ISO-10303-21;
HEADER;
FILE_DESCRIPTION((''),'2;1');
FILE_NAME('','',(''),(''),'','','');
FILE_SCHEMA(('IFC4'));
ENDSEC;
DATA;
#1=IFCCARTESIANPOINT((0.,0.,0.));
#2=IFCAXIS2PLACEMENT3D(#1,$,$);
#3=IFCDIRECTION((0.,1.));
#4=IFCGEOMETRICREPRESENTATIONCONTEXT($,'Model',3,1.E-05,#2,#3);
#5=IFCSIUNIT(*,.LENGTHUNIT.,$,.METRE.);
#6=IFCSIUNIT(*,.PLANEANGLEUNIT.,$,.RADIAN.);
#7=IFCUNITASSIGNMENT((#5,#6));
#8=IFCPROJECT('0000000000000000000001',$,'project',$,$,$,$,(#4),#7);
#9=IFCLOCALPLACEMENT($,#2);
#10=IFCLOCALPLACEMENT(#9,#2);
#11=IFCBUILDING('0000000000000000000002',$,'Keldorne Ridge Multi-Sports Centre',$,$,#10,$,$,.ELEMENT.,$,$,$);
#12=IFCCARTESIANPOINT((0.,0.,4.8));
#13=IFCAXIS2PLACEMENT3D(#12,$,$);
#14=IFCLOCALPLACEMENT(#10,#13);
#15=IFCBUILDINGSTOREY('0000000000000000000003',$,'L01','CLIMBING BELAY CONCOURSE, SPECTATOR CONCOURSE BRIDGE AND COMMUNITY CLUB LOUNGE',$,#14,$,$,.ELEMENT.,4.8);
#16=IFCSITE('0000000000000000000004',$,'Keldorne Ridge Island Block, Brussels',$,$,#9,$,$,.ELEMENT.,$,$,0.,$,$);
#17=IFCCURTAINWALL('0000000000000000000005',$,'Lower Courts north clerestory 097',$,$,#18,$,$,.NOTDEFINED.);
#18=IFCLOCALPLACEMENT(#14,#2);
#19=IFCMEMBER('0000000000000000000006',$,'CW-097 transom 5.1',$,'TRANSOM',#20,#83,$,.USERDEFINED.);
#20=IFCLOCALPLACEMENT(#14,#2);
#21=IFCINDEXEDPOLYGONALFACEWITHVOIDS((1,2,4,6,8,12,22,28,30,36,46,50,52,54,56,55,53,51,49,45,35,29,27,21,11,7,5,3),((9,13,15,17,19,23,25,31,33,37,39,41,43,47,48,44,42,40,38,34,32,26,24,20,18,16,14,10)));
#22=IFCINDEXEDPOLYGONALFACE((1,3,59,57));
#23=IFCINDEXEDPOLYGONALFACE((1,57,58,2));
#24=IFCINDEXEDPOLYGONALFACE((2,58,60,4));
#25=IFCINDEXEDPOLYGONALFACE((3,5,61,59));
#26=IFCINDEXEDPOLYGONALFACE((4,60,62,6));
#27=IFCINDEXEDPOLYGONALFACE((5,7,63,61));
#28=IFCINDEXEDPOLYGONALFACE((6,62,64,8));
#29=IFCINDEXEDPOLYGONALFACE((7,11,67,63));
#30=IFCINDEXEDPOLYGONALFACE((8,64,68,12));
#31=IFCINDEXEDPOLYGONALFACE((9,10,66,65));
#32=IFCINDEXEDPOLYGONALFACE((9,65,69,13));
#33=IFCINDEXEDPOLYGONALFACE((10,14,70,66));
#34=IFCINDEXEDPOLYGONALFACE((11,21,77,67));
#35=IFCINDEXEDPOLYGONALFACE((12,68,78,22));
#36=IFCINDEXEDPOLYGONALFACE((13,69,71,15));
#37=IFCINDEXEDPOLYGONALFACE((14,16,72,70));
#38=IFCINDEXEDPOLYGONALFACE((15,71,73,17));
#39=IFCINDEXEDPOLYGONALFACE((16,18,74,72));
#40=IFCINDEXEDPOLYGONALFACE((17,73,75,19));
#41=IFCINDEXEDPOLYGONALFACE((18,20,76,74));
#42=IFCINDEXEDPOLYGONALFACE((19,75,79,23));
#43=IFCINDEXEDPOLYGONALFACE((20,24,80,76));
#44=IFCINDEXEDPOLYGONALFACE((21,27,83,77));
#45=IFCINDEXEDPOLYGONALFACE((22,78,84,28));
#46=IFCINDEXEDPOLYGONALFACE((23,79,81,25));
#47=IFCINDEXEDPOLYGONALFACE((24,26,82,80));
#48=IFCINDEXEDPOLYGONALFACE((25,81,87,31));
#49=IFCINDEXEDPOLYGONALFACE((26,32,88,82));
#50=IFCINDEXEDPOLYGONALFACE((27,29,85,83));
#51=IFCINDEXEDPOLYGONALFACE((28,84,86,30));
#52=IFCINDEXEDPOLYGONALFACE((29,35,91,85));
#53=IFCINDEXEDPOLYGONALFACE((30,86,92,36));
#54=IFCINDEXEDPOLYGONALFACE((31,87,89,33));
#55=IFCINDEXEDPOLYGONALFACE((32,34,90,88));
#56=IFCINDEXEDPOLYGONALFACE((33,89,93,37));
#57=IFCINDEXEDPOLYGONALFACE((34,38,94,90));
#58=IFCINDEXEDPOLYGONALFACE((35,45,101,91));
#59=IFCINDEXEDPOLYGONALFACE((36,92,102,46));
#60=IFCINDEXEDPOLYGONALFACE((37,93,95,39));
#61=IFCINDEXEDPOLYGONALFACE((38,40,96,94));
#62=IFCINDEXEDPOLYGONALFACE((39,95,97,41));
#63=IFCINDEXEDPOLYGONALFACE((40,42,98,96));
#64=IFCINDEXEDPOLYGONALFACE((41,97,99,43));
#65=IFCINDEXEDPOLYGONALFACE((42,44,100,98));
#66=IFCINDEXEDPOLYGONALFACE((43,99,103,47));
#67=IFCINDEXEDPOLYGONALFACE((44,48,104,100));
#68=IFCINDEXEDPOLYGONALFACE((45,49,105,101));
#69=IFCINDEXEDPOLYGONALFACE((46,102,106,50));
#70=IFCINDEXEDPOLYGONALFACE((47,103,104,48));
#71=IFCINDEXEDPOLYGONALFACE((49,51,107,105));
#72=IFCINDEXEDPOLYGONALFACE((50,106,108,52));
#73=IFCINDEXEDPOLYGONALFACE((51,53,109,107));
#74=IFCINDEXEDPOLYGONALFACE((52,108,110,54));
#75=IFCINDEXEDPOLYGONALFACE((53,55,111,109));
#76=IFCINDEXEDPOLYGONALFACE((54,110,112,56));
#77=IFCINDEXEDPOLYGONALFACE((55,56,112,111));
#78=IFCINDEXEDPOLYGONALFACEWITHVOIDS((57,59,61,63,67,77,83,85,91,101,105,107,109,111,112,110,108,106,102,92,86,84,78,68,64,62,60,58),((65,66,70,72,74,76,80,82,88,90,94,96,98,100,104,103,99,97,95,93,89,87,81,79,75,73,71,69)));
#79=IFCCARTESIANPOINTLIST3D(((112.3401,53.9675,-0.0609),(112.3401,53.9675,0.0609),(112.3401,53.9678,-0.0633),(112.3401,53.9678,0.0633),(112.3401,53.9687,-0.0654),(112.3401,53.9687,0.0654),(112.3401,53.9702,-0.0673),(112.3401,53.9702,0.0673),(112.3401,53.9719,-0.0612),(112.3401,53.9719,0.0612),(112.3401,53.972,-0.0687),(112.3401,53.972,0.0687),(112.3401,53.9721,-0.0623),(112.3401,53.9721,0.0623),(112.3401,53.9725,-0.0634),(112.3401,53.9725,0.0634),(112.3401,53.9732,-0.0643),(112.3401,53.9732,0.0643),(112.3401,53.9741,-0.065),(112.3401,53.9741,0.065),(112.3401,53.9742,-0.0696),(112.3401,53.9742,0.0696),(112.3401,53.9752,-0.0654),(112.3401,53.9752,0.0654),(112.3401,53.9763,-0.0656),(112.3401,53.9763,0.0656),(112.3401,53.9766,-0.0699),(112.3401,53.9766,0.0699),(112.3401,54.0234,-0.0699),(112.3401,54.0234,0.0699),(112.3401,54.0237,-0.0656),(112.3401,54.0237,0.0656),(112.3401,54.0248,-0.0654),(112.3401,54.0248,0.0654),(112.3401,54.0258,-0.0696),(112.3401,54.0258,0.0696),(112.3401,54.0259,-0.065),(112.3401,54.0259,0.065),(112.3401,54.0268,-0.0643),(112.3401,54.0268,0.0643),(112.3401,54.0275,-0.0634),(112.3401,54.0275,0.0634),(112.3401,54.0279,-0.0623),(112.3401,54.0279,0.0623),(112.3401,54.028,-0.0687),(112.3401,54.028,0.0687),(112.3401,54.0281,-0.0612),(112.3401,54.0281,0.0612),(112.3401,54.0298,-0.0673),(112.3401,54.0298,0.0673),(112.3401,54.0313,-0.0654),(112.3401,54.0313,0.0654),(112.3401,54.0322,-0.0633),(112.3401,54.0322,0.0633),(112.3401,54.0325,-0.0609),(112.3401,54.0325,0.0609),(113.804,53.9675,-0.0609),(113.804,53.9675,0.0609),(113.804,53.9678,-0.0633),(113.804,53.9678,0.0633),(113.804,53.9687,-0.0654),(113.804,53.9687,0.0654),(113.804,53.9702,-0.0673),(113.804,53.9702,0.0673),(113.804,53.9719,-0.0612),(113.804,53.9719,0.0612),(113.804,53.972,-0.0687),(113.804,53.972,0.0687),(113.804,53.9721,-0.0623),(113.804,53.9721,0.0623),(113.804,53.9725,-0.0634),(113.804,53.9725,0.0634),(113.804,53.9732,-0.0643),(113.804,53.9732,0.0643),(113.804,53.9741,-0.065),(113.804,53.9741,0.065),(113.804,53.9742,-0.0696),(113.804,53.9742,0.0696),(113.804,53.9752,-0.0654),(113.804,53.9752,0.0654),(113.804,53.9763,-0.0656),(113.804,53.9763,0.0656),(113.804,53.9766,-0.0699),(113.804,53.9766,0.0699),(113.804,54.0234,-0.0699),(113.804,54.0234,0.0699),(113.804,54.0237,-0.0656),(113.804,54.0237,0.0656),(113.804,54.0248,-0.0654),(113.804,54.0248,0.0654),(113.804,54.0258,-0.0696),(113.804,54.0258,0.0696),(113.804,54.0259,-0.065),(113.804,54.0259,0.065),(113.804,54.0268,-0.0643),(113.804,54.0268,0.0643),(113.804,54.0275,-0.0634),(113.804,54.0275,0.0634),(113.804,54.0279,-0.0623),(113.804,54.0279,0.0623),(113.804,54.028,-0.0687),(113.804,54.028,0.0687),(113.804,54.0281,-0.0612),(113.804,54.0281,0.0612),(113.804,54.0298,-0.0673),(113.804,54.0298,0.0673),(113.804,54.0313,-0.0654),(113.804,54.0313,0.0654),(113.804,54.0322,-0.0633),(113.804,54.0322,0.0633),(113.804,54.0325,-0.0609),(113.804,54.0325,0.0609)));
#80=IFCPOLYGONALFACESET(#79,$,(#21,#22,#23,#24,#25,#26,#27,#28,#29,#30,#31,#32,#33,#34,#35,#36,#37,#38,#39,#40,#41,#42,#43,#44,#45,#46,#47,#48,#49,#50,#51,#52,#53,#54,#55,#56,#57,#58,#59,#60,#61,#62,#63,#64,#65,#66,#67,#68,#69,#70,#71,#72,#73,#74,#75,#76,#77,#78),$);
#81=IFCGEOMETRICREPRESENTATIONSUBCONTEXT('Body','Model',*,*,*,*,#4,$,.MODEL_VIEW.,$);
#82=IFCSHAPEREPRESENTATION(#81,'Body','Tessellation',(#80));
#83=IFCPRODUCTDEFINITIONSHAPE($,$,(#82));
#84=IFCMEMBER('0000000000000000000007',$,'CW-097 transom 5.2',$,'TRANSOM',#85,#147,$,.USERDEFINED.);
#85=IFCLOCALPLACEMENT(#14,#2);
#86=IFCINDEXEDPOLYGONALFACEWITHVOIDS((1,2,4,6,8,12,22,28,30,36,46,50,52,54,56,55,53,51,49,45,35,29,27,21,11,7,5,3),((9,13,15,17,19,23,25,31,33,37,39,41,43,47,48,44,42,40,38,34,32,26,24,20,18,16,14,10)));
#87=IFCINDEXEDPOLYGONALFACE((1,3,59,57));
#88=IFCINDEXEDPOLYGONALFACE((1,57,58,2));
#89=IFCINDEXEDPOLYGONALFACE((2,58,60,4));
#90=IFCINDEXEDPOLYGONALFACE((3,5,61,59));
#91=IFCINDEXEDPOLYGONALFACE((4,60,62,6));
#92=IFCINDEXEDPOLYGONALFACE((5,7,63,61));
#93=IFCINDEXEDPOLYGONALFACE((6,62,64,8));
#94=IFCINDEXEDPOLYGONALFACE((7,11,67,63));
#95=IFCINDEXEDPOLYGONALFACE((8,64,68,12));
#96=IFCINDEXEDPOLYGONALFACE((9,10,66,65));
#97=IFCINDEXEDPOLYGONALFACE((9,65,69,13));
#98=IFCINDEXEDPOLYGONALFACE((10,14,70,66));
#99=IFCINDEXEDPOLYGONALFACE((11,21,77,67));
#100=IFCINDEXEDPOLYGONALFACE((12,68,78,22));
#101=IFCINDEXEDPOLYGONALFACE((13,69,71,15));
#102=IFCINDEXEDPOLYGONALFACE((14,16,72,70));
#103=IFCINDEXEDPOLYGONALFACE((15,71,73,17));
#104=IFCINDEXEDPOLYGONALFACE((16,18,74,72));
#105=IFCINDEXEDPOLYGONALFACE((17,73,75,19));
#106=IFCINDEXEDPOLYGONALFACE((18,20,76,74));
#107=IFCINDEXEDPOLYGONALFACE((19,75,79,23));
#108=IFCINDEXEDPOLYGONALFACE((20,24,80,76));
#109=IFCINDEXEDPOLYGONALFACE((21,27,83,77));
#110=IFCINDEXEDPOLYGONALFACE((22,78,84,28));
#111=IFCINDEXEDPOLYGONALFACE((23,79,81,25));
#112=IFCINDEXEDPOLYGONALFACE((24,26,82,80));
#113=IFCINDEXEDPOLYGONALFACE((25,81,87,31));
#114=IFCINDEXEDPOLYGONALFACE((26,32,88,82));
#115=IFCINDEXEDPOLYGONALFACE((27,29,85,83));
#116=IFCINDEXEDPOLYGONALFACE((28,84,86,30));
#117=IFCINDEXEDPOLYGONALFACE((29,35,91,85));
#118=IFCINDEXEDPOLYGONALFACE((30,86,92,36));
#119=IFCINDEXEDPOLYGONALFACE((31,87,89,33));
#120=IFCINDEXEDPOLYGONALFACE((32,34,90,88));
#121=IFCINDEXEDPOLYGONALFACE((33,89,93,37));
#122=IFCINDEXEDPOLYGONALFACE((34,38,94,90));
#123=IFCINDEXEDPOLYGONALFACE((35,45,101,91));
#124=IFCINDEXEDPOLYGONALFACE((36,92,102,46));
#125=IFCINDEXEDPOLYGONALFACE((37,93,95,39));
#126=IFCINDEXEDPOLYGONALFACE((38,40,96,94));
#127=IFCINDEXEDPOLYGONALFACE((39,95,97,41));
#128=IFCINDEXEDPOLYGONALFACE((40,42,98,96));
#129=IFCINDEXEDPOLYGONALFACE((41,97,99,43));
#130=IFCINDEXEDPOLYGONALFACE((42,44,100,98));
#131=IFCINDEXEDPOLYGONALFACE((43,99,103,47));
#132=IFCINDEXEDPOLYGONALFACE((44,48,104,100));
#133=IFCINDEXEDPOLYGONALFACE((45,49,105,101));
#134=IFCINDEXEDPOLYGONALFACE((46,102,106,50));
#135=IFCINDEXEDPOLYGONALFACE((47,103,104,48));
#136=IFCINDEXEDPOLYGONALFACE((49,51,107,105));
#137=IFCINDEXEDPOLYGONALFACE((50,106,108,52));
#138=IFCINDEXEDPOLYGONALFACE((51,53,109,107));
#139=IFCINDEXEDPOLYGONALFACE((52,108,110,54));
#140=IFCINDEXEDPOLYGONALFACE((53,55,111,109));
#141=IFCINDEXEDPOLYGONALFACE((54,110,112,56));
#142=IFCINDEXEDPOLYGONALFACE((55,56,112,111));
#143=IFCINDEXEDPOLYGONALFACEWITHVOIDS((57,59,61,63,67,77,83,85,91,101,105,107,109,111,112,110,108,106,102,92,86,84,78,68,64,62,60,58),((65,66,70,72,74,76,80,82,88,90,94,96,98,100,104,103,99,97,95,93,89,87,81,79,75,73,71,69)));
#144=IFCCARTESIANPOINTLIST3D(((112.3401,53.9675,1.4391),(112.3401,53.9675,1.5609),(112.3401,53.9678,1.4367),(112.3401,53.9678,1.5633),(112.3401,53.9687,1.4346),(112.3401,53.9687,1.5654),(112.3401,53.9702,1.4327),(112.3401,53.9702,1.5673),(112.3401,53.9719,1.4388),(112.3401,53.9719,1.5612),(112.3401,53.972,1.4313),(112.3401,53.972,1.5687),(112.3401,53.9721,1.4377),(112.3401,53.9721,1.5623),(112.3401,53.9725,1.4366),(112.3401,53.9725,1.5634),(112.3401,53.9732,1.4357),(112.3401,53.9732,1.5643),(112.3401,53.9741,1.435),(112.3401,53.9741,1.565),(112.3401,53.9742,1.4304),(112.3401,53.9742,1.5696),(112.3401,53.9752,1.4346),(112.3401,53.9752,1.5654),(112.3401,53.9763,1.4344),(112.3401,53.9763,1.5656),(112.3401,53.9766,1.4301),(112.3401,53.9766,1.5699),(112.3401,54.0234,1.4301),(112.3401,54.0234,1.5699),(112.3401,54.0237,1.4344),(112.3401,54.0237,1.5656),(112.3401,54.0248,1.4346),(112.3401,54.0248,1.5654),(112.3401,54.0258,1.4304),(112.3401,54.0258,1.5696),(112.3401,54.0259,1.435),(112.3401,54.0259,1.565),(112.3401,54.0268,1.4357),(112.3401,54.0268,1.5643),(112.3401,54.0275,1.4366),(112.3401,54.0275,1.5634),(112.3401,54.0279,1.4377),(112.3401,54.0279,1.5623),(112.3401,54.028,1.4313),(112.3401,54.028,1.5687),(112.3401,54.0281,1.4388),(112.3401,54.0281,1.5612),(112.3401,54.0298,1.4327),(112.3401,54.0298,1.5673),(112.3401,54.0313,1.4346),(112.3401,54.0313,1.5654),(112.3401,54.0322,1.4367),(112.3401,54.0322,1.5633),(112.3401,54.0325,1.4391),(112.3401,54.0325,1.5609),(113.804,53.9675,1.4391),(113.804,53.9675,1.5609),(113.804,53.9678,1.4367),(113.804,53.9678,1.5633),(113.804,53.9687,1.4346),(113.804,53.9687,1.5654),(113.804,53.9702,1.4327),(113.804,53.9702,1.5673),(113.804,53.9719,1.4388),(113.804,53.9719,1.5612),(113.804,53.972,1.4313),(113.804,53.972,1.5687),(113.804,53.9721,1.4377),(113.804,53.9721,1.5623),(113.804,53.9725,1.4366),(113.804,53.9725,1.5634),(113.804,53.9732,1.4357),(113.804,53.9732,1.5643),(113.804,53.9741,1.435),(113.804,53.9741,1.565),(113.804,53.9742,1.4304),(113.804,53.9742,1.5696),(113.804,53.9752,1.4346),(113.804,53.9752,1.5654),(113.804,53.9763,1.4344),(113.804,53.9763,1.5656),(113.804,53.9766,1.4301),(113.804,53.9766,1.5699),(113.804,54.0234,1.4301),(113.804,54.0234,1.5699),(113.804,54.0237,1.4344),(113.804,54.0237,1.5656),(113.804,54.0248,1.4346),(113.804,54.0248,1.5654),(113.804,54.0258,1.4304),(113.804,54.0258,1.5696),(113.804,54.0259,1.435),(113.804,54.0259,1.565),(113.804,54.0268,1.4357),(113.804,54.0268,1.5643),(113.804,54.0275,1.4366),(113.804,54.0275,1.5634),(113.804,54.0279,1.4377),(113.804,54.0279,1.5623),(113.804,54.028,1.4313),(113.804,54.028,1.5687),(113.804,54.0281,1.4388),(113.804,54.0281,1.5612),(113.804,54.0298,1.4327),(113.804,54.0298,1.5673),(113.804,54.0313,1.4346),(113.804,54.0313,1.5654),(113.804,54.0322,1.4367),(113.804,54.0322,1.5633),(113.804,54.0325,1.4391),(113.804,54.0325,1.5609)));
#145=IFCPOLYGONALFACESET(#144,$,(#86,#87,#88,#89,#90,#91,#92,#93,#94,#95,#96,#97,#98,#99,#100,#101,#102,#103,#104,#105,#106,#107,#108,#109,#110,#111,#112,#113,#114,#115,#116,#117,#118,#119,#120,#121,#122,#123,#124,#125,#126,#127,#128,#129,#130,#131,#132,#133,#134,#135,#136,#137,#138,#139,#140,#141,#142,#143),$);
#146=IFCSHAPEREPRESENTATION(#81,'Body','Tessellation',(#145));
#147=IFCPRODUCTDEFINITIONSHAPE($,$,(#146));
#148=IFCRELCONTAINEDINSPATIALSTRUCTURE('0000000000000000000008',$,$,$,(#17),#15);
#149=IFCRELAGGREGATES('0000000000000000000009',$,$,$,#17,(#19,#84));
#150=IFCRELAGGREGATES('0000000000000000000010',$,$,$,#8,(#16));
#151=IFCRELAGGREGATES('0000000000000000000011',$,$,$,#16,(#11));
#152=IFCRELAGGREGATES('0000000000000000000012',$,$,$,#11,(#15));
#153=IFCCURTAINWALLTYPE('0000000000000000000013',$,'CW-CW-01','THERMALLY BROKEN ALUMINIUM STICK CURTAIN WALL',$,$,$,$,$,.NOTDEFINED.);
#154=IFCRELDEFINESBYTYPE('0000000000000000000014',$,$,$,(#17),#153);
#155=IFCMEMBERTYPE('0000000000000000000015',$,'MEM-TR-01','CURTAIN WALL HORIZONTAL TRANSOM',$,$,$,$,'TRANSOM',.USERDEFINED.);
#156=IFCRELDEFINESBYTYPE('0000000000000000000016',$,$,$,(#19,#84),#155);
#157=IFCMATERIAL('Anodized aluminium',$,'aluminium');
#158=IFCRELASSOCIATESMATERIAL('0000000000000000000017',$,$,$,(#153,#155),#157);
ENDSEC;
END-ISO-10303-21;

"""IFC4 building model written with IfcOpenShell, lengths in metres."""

from ifc_helpers import new_model, si_unit, direction, frame, origin, origin_2d, place, context, subcontext, project, spatial, hollow_rectangle, extrude, material, material_profile, profile_set, type_object, element, aggregate, save


model = new_model("IFC4")

# Units and contexts
model_context = context("Model", 3, precision=1e-05, world=origin(), true_north=direction((0.0, 1.0)))
body_context = subcontext(model_context, "Body", "Model", "MODEL_VIEW")
ifc_project = project(units=[si_unit("LENGTHUNIT", "METRE"), si_unit("PLANEANGLEUNIT", "RADIAN")], contexts=[model_context])

# Site, building, storey
site_placement = place(None, origin())
site = spatial("IfcSite", under=ifc_project, at=site_placement, Name="Keldorne Ridge Island Block, Brussels", CompositionType="ELEMENT", RefElevation=0.0)
building_placement = place(site_placement, origin())
building = spatial("IfcBuilding", under=site, at=building_placement, Name="Keldorne Ridge Multi-Sports Centre", CompositionType="ELEMENT")
storey_placement = place(building_placement, frame((0.0, 0.0, 4.8)))
storey = spatial("IfcBuildingStorey", under=building, at=storey_placement, Name="L01", Description="CLIMBING BELAY CONCOURSE, SPECTATOR CONCOURSE BRIDGE AND COMMUNITY CLUB LOUNGE", CompositionType="ELEMENT", Elevation=4.8)

# Curtain wall, members
ifc_material_1 = material(Name="Anodized aluminium", Category="aluminium")
curtain_wall_type = type_object("IfcCurtainWallType", Name="CW-CW-01", Description="THERMALLY BROKEN ALUMINIUM STICK CURTAIN WALL", PredefinedType="NOTDEFINED", material=ifc_material_1)
curtain_wall_placement = place(storey_placement, origin())
curtain_wall = element("IfcCurtainWall", 1, at=curtain_wall_placement, inside=storey, type_object=curtain_wall_type, Name="Lower Courts north clerestory 097", PredefinedType="NOTDEFINED")
ifc_material_profile_1 = material_profile(ifc_material_1, hollow_rectangle(XDim=0.0649, YDim=0.1399, WallThickness=0.0044, InnerFilletRadius=0.0044, OuterFilletRadius=0.009, at=origin_2d()), Name="ALU TRANSOM 140x65x4.5")
ifc_profile_set_1 = profile_set([ifc_material_profile_1], Name="Anodized aluminium")
member_type_1 = type_object("IfcMemberType", Name="MEM-TR-01", Description="CURTAIN WALL HORIZONTAL TRANSOM", ElementType="TRANSOM", PredefinedType="USERDEFINED", material=ifc_profile_set_1)
member_1_placement = place(storey_placement, frame((113.804, 54.0, 0.0), z_axis=(-1.0, 0.0, 0.0), x_axis=(0.0, -1.0, 0.0)))
member_1 = element("IfcMember", 2, at=member_1_placement, type_object=member_type_1, Name="CW-097 transom 5.1", ObjectType="TRANSOM", PredefinedType="USERDEFINED", context=body_context, shape_type="SweptSolid", body=[
    extrude(hollow_rectangle(XDim=0.0649, YDim=0.1399, WallThickness=0.0044, InnerFilletRadius=0.0044, OuterFilletRadius=0.009, at=origin_2d()), origin(), (0.0, 0.0, 1.0), 1.4639),
])
member_2_placement = place(storey_placement, frame((113.804, 54.0, 1.5), z_axis=(-1.0, 0.0, 0.0), x_axis=(0.0, -1.0, 0.0)))
member_2 = element("IfcMember", 3, at=member_2_placement, type_object=member_type_1, Name="CW-097 transom 5.2", ObjectType="TRANSOM", PredefinedType="USERDEFINED", context=body_context, shape_type="SweptSolid", body=[
    extrude(hollow_rectangle(XDim=0.0649, YDim=0.1399, WallThickness=0.0044, InnerFilletRadius=0.0044, OuterFilletRadius=0.009, at=origin_2d()), origin(), (0.0, 0.0, 1.0), 1.4639),
])
aggregate(curtain_wall, [member_1, member_2])

save(model, "model.ifc")
